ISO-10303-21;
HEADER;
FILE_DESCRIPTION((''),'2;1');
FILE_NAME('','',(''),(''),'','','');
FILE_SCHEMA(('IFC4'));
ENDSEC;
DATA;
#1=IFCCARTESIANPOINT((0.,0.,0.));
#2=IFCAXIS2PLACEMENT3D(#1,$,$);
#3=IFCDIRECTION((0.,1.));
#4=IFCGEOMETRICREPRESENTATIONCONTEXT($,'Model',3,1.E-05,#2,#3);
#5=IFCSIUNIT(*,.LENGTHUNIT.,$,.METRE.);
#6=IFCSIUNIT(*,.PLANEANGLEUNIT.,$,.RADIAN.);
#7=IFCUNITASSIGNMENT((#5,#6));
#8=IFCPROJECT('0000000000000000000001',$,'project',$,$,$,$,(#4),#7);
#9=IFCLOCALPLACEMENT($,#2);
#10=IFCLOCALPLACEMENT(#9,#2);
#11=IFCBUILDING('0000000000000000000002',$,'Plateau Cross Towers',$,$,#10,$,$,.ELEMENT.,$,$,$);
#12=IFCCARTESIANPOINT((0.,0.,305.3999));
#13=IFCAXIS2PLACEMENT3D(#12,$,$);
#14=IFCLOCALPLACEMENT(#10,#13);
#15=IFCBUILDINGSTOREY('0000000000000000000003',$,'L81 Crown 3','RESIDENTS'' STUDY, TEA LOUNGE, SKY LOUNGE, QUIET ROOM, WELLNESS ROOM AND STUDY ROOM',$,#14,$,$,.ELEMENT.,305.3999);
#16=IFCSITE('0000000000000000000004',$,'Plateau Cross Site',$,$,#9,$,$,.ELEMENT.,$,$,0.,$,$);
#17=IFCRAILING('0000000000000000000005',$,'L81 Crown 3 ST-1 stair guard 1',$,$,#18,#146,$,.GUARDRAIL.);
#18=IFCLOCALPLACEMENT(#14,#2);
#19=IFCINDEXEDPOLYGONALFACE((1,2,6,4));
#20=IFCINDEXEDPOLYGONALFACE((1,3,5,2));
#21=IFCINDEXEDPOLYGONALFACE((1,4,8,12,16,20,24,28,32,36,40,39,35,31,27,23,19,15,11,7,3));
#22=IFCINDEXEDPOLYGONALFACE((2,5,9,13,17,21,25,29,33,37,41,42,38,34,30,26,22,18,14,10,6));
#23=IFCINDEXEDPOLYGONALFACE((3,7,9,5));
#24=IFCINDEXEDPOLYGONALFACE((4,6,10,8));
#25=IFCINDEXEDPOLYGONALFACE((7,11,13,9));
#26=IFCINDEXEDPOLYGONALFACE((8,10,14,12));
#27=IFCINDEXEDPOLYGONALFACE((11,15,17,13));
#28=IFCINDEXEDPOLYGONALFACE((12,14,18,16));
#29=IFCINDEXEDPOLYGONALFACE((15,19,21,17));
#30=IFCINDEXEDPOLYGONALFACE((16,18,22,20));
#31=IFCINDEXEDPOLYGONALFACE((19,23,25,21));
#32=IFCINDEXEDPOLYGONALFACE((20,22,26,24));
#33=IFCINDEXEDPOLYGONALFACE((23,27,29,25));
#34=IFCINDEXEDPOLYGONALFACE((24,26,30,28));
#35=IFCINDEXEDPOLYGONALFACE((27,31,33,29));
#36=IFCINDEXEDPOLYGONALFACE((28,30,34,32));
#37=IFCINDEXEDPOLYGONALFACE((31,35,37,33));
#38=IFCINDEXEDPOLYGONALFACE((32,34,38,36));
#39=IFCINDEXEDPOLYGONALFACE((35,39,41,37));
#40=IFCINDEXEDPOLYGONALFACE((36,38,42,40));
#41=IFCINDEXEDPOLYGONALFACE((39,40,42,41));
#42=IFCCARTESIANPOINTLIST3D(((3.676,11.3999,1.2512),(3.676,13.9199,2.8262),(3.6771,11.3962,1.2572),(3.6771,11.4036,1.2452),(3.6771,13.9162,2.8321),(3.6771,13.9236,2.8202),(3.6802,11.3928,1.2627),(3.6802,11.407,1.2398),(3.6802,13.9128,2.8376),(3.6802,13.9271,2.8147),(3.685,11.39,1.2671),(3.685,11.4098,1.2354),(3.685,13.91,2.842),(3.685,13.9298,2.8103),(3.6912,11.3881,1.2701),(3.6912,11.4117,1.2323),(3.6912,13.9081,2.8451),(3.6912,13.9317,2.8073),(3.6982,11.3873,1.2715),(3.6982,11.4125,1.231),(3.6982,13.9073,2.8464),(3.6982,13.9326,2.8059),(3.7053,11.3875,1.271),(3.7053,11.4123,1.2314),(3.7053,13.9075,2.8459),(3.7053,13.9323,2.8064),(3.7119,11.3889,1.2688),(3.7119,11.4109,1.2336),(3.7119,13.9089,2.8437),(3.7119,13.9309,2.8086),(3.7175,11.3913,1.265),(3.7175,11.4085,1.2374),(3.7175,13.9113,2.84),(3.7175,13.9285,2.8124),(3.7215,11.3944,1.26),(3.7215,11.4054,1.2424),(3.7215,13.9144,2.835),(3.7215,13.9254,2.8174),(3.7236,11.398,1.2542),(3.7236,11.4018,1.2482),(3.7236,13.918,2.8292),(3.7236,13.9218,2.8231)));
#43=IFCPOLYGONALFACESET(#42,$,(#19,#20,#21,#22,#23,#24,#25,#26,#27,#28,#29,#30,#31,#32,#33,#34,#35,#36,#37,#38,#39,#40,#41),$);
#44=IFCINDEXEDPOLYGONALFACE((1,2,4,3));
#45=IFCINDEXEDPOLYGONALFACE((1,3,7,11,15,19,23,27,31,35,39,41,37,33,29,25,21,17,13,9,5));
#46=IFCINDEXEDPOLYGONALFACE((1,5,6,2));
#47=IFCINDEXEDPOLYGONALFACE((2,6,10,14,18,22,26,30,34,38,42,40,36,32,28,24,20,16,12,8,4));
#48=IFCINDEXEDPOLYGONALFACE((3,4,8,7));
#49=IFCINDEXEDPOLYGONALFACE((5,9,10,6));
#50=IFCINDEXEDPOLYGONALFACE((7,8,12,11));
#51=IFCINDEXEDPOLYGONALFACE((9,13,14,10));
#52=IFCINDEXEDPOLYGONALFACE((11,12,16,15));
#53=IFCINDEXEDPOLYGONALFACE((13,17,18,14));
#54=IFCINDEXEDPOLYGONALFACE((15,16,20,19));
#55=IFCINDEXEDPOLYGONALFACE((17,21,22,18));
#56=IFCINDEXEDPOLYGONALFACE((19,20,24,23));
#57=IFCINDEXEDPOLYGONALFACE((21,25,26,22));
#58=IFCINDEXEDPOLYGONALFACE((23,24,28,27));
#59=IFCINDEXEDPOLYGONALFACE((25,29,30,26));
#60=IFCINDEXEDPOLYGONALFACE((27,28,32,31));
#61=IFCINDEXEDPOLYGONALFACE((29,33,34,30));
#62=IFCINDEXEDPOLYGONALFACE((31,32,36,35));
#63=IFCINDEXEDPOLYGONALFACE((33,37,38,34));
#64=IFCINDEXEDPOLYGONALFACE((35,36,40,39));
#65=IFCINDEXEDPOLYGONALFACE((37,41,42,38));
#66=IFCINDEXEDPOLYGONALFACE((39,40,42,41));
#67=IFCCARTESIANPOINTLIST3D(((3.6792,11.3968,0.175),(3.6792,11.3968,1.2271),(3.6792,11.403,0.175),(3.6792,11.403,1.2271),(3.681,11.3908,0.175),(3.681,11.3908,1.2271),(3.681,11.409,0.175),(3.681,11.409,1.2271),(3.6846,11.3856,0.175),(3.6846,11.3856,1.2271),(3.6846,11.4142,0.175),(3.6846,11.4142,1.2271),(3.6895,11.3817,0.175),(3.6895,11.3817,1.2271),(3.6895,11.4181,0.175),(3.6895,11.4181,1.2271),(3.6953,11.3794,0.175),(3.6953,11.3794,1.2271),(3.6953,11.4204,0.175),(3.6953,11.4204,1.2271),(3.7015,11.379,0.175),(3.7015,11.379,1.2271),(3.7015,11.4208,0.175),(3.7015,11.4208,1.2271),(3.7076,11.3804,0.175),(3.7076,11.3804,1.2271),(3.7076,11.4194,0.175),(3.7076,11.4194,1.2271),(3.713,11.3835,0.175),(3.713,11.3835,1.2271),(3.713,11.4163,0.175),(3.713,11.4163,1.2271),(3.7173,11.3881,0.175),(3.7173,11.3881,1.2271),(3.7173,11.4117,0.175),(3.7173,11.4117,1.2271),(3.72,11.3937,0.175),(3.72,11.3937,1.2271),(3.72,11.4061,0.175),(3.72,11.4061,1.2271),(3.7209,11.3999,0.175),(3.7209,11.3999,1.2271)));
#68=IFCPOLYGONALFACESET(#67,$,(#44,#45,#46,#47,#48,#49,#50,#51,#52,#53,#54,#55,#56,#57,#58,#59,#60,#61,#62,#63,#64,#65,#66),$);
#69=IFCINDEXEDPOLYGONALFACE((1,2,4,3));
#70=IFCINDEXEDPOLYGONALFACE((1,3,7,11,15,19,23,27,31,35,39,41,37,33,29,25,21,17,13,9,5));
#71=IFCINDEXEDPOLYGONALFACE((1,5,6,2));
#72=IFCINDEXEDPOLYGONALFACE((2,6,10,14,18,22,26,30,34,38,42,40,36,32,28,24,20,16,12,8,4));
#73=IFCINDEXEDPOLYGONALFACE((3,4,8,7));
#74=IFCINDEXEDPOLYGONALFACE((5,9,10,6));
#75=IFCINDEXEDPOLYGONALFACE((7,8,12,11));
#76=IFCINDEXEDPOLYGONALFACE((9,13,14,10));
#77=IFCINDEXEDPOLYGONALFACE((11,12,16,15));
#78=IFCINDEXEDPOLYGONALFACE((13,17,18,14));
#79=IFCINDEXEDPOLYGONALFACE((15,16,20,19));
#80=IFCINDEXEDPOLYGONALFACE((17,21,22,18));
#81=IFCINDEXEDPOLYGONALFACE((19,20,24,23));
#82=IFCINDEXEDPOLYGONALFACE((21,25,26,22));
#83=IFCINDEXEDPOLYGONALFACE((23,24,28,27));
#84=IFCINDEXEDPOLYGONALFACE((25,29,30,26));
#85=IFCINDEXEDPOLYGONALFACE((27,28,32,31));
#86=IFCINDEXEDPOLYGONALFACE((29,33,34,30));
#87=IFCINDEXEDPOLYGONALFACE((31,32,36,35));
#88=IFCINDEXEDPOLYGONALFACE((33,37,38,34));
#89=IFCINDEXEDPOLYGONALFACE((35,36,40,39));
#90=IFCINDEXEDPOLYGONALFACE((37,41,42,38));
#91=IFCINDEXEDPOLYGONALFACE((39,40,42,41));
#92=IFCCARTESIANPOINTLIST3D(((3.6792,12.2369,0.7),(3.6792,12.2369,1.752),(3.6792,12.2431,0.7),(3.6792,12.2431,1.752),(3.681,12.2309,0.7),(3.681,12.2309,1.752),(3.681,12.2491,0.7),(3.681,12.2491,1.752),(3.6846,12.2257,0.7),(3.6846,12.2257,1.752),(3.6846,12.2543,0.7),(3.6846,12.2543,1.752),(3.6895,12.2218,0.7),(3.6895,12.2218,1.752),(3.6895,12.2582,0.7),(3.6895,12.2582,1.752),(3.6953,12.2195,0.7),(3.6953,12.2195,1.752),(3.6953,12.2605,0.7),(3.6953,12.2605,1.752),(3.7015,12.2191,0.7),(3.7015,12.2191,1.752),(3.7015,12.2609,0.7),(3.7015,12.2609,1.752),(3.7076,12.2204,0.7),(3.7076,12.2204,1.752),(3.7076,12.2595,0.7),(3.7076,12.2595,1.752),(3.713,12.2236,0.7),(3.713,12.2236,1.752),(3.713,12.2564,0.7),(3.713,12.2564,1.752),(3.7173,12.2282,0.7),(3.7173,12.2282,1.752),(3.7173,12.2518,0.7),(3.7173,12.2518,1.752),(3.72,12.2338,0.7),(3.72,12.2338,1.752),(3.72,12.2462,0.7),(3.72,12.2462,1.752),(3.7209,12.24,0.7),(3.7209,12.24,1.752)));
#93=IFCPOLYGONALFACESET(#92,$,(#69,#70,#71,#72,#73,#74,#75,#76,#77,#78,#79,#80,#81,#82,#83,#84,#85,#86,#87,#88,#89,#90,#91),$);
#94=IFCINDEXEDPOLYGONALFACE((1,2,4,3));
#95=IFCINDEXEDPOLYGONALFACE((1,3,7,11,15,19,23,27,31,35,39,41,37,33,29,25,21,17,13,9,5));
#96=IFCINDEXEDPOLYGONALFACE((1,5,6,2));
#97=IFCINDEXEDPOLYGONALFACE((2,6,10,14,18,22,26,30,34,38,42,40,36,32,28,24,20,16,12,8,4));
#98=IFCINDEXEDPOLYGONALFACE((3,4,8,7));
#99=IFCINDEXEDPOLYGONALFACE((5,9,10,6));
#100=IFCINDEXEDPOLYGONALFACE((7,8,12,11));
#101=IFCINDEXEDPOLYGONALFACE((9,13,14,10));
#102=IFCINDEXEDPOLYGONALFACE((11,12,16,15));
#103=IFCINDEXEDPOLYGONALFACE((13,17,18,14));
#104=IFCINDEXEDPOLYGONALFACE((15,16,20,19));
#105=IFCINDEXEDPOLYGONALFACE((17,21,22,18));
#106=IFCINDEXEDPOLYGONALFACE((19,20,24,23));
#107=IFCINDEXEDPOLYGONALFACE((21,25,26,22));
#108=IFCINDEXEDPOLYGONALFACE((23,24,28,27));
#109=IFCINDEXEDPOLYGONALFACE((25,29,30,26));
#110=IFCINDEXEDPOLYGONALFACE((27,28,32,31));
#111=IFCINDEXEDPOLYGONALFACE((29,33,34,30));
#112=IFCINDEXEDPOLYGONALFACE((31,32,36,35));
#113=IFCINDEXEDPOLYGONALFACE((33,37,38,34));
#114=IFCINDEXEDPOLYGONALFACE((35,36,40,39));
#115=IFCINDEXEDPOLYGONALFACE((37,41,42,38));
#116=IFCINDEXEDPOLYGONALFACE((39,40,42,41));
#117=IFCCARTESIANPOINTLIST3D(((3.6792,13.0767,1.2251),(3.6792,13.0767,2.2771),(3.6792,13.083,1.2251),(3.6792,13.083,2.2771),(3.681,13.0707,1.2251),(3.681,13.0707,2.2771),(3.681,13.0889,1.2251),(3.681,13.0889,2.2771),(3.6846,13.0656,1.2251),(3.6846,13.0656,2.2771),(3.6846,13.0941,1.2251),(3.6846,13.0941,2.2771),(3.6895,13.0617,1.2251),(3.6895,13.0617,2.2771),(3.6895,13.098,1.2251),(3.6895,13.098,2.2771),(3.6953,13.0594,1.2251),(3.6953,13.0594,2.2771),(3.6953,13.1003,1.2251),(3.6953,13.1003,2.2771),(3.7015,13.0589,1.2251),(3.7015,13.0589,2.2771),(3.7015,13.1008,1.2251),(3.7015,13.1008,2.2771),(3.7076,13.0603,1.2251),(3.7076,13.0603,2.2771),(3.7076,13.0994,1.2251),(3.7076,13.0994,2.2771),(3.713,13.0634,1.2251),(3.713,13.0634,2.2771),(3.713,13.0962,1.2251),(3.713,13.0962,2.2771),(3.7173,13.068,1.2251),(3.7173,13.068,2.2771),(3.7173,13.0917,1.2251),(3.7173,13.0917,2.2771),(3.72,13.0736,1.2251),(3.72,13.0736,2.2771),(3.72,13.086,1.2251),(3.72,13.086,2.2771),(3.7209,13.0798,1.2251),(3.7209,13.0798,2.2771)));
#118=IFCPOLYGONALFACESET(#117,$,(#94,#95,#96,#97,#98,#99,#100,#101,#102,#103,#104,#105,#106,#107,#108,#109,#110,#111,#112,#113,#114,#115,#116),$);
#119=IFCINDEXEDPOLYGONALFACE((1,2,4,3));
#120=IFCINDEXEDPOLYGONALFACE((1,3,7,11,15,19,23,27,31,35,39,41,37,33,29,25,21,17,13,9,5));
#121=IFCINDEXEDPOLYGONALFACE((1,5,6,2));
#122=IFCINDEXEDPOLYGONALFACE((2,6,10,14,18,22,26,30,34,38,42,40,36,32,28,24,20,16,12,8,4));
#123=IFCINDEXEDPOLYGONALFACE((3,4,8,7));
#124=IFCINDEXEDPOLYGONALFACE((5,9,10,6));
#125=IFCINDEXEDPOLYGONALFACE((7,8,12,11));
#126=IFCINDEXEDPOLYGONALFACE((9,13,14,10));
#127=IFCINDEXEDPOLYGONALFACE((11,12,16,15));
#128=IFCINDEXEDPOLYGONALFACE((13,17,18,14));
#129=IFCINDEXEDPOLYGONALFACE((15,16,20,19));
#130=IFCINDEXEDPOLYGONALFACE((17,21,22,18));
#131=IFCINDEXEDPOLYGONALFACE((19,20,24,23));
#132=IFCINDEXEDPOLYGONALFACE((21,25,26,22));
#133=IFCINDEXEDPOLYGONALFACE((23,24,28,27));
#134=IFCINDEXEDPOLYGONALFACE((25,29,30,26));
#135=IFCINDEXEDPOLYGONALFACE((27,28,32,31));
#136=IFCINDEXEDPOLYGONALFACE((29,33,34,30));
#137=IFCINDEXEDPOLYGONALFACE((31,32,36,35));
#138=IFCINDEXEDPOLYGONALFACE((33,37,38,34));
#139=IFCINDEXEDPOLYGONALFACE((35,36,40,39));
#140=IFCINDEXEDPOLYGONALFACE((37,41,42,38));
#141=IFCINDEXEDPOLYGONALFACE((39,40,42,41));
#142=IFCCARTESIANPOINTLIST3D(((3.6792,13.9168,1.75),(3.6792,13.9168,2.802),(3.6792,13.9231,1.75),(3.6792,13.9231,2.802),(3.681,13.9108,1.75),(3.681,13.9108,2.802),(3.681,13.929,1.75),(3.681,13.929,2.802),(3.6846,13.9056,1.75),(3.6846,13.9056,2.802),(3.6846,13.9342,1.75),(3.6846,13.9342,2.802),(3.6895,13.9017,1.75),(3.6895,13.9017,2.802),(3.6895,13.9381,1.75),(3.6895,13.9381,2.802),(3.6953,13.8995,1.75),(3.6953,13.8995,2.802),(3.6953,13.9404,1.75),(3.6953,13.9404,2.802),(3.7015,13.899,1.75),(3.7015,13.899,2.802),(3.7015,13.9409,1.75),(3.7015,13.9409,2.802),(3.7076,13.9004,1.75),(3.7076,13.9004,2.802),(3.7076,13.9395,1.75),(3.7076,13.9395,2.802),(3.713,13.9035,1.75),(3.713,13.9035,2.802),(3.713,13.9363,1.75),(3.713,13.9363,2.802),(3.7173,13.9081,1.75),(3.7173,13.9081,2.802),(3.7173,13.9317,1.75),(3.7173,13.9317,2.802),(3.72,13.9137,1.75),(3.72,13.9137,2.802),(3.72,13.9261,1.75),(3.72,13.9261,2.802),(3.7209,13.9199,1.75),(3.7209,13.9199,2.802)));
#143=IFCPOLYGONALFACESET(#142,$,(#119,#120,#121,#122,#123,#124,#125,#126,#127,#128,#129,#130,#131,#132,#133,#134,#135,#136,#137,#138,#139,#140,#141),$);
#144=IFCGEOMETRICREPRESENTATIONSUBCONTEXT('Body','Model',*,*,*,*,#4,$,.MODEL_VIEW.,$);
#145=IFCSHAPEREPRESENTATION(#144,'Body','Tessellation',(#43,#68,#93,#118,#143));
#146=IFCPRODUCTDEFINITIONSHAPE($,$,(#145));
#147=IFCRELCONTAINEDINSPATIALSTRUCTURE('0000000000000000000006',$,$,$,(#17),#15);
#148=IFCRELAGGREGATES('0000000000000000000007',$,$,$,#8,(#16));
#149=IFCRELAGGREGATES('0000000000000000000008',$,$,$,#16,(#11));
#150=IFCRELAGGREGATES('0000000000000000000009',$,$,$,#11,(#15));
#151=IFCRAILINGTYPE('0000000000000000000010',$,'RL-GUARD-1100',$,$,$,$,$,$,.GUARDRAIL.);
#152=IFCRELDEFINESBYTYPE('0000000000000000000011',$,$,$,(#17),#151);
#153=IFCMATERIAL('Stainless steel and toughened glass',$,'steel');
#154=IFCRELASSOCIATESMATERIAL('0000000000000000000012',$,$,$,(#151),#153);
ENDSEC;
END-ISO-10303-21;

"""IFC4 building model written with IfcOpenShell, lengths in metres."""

from ifc_helpers import new_model, si_unit, direction, frame, origin, origin_2d, place, context, subcontext, project, spatial, circle, extrude, material, type_object, element, save


model = new_model("IFC4")

# Units and contexts
model_context = context("Model", 3, precision=1e-05, world=origin(), true_north=direction((0.0, 1.0)))
body_context = subcontext(model_context, "Body", "Model", "MODEL_VIEW")
ifc_project = project(units=[si_unit("LENGTHUNIT", "METRE"), si_unit("PLANEANGLEUNIT", "RADIAN")], contexts=[model_context])

# Site, building, storey
site_placement = place(None, origin())
site = spatial("IfcSite", under=ifc_project, at=site_placement, Name="Plateau Cross Site", CompositionType="ELEMENT", RefElevation=0.0)
building_placement = place(site_placement, origin())
building = spatial("IfcBuilding", under=site, at=building_placement, Name="Plateau Cross Towers", CompositionType="ELEMENT")
storey_placement = place(building_placement, frame((0.0, 0.0, 305.3999)))
storey = spatial("IfcBuildingStorey", under=building, at=storey_placement, Name="L81 Crown 3", Description="RESIDENTS' STUDY, TEA LOUNGE, SKY LOUNGE, QUIET ROOM, WELLNESS ROOM AND STUDY ROOM", CompositionType="ELEMENT", Elevation=305.3999)

# Railing
ifc_material_1 = material(Name="Stainless steel and toughened glass", Category="steel")
railing_type_1 = type_object("IfcRailingType", Name="RL-GUARD-1100", PredefinedType="GUARDRAIL", material=ifc_material_1)
railing_1_placement = place(storey_placement, frame((3.7, 11.3999, 0.175)))
element("IfcRailing", 1, at=railing_1_placement, inside=storey, type_object=railing_type_1, Name="L81 Crown 3 ST-1 stair guard 1", PredefinedType="GUARDRAIL", context=body_context, shape_type="SweptSolid", body=[
    extrude(circle(Radius=0.0239, at=origin_2d()), frame((0.0, 0.0, 1.0762), z_axis=(0.0, 0.848008, 0.529984), x_axis=(-1.0, 0.0, 0.0)), (0.0, 0.0, 1.0), 2.9717),
    extrude(circle(Radius=0.021, at=origin_2d()), origin(), (0.0, 0.0, 1.0), 1.052),
    extrude(circle(Radius=0.021, at=origin_2d()), frame((0.0, 0.8401, 0.5249)), (0.0, 0.0, 1.0), 1.052),
    extrude(circle(Radius=0.021, at=origin_2d()), frame((0.0, 1.6799, 1.05)), (0.0, 0.0, 1.0), 1.052),
    extrude(circle(Radius=0.021, at=origin_2d()), frame((0.0, 2.52, 1.575)), (0.0, 0.0, 1.0), 1.052),
])

save(model, "model.ifc")
